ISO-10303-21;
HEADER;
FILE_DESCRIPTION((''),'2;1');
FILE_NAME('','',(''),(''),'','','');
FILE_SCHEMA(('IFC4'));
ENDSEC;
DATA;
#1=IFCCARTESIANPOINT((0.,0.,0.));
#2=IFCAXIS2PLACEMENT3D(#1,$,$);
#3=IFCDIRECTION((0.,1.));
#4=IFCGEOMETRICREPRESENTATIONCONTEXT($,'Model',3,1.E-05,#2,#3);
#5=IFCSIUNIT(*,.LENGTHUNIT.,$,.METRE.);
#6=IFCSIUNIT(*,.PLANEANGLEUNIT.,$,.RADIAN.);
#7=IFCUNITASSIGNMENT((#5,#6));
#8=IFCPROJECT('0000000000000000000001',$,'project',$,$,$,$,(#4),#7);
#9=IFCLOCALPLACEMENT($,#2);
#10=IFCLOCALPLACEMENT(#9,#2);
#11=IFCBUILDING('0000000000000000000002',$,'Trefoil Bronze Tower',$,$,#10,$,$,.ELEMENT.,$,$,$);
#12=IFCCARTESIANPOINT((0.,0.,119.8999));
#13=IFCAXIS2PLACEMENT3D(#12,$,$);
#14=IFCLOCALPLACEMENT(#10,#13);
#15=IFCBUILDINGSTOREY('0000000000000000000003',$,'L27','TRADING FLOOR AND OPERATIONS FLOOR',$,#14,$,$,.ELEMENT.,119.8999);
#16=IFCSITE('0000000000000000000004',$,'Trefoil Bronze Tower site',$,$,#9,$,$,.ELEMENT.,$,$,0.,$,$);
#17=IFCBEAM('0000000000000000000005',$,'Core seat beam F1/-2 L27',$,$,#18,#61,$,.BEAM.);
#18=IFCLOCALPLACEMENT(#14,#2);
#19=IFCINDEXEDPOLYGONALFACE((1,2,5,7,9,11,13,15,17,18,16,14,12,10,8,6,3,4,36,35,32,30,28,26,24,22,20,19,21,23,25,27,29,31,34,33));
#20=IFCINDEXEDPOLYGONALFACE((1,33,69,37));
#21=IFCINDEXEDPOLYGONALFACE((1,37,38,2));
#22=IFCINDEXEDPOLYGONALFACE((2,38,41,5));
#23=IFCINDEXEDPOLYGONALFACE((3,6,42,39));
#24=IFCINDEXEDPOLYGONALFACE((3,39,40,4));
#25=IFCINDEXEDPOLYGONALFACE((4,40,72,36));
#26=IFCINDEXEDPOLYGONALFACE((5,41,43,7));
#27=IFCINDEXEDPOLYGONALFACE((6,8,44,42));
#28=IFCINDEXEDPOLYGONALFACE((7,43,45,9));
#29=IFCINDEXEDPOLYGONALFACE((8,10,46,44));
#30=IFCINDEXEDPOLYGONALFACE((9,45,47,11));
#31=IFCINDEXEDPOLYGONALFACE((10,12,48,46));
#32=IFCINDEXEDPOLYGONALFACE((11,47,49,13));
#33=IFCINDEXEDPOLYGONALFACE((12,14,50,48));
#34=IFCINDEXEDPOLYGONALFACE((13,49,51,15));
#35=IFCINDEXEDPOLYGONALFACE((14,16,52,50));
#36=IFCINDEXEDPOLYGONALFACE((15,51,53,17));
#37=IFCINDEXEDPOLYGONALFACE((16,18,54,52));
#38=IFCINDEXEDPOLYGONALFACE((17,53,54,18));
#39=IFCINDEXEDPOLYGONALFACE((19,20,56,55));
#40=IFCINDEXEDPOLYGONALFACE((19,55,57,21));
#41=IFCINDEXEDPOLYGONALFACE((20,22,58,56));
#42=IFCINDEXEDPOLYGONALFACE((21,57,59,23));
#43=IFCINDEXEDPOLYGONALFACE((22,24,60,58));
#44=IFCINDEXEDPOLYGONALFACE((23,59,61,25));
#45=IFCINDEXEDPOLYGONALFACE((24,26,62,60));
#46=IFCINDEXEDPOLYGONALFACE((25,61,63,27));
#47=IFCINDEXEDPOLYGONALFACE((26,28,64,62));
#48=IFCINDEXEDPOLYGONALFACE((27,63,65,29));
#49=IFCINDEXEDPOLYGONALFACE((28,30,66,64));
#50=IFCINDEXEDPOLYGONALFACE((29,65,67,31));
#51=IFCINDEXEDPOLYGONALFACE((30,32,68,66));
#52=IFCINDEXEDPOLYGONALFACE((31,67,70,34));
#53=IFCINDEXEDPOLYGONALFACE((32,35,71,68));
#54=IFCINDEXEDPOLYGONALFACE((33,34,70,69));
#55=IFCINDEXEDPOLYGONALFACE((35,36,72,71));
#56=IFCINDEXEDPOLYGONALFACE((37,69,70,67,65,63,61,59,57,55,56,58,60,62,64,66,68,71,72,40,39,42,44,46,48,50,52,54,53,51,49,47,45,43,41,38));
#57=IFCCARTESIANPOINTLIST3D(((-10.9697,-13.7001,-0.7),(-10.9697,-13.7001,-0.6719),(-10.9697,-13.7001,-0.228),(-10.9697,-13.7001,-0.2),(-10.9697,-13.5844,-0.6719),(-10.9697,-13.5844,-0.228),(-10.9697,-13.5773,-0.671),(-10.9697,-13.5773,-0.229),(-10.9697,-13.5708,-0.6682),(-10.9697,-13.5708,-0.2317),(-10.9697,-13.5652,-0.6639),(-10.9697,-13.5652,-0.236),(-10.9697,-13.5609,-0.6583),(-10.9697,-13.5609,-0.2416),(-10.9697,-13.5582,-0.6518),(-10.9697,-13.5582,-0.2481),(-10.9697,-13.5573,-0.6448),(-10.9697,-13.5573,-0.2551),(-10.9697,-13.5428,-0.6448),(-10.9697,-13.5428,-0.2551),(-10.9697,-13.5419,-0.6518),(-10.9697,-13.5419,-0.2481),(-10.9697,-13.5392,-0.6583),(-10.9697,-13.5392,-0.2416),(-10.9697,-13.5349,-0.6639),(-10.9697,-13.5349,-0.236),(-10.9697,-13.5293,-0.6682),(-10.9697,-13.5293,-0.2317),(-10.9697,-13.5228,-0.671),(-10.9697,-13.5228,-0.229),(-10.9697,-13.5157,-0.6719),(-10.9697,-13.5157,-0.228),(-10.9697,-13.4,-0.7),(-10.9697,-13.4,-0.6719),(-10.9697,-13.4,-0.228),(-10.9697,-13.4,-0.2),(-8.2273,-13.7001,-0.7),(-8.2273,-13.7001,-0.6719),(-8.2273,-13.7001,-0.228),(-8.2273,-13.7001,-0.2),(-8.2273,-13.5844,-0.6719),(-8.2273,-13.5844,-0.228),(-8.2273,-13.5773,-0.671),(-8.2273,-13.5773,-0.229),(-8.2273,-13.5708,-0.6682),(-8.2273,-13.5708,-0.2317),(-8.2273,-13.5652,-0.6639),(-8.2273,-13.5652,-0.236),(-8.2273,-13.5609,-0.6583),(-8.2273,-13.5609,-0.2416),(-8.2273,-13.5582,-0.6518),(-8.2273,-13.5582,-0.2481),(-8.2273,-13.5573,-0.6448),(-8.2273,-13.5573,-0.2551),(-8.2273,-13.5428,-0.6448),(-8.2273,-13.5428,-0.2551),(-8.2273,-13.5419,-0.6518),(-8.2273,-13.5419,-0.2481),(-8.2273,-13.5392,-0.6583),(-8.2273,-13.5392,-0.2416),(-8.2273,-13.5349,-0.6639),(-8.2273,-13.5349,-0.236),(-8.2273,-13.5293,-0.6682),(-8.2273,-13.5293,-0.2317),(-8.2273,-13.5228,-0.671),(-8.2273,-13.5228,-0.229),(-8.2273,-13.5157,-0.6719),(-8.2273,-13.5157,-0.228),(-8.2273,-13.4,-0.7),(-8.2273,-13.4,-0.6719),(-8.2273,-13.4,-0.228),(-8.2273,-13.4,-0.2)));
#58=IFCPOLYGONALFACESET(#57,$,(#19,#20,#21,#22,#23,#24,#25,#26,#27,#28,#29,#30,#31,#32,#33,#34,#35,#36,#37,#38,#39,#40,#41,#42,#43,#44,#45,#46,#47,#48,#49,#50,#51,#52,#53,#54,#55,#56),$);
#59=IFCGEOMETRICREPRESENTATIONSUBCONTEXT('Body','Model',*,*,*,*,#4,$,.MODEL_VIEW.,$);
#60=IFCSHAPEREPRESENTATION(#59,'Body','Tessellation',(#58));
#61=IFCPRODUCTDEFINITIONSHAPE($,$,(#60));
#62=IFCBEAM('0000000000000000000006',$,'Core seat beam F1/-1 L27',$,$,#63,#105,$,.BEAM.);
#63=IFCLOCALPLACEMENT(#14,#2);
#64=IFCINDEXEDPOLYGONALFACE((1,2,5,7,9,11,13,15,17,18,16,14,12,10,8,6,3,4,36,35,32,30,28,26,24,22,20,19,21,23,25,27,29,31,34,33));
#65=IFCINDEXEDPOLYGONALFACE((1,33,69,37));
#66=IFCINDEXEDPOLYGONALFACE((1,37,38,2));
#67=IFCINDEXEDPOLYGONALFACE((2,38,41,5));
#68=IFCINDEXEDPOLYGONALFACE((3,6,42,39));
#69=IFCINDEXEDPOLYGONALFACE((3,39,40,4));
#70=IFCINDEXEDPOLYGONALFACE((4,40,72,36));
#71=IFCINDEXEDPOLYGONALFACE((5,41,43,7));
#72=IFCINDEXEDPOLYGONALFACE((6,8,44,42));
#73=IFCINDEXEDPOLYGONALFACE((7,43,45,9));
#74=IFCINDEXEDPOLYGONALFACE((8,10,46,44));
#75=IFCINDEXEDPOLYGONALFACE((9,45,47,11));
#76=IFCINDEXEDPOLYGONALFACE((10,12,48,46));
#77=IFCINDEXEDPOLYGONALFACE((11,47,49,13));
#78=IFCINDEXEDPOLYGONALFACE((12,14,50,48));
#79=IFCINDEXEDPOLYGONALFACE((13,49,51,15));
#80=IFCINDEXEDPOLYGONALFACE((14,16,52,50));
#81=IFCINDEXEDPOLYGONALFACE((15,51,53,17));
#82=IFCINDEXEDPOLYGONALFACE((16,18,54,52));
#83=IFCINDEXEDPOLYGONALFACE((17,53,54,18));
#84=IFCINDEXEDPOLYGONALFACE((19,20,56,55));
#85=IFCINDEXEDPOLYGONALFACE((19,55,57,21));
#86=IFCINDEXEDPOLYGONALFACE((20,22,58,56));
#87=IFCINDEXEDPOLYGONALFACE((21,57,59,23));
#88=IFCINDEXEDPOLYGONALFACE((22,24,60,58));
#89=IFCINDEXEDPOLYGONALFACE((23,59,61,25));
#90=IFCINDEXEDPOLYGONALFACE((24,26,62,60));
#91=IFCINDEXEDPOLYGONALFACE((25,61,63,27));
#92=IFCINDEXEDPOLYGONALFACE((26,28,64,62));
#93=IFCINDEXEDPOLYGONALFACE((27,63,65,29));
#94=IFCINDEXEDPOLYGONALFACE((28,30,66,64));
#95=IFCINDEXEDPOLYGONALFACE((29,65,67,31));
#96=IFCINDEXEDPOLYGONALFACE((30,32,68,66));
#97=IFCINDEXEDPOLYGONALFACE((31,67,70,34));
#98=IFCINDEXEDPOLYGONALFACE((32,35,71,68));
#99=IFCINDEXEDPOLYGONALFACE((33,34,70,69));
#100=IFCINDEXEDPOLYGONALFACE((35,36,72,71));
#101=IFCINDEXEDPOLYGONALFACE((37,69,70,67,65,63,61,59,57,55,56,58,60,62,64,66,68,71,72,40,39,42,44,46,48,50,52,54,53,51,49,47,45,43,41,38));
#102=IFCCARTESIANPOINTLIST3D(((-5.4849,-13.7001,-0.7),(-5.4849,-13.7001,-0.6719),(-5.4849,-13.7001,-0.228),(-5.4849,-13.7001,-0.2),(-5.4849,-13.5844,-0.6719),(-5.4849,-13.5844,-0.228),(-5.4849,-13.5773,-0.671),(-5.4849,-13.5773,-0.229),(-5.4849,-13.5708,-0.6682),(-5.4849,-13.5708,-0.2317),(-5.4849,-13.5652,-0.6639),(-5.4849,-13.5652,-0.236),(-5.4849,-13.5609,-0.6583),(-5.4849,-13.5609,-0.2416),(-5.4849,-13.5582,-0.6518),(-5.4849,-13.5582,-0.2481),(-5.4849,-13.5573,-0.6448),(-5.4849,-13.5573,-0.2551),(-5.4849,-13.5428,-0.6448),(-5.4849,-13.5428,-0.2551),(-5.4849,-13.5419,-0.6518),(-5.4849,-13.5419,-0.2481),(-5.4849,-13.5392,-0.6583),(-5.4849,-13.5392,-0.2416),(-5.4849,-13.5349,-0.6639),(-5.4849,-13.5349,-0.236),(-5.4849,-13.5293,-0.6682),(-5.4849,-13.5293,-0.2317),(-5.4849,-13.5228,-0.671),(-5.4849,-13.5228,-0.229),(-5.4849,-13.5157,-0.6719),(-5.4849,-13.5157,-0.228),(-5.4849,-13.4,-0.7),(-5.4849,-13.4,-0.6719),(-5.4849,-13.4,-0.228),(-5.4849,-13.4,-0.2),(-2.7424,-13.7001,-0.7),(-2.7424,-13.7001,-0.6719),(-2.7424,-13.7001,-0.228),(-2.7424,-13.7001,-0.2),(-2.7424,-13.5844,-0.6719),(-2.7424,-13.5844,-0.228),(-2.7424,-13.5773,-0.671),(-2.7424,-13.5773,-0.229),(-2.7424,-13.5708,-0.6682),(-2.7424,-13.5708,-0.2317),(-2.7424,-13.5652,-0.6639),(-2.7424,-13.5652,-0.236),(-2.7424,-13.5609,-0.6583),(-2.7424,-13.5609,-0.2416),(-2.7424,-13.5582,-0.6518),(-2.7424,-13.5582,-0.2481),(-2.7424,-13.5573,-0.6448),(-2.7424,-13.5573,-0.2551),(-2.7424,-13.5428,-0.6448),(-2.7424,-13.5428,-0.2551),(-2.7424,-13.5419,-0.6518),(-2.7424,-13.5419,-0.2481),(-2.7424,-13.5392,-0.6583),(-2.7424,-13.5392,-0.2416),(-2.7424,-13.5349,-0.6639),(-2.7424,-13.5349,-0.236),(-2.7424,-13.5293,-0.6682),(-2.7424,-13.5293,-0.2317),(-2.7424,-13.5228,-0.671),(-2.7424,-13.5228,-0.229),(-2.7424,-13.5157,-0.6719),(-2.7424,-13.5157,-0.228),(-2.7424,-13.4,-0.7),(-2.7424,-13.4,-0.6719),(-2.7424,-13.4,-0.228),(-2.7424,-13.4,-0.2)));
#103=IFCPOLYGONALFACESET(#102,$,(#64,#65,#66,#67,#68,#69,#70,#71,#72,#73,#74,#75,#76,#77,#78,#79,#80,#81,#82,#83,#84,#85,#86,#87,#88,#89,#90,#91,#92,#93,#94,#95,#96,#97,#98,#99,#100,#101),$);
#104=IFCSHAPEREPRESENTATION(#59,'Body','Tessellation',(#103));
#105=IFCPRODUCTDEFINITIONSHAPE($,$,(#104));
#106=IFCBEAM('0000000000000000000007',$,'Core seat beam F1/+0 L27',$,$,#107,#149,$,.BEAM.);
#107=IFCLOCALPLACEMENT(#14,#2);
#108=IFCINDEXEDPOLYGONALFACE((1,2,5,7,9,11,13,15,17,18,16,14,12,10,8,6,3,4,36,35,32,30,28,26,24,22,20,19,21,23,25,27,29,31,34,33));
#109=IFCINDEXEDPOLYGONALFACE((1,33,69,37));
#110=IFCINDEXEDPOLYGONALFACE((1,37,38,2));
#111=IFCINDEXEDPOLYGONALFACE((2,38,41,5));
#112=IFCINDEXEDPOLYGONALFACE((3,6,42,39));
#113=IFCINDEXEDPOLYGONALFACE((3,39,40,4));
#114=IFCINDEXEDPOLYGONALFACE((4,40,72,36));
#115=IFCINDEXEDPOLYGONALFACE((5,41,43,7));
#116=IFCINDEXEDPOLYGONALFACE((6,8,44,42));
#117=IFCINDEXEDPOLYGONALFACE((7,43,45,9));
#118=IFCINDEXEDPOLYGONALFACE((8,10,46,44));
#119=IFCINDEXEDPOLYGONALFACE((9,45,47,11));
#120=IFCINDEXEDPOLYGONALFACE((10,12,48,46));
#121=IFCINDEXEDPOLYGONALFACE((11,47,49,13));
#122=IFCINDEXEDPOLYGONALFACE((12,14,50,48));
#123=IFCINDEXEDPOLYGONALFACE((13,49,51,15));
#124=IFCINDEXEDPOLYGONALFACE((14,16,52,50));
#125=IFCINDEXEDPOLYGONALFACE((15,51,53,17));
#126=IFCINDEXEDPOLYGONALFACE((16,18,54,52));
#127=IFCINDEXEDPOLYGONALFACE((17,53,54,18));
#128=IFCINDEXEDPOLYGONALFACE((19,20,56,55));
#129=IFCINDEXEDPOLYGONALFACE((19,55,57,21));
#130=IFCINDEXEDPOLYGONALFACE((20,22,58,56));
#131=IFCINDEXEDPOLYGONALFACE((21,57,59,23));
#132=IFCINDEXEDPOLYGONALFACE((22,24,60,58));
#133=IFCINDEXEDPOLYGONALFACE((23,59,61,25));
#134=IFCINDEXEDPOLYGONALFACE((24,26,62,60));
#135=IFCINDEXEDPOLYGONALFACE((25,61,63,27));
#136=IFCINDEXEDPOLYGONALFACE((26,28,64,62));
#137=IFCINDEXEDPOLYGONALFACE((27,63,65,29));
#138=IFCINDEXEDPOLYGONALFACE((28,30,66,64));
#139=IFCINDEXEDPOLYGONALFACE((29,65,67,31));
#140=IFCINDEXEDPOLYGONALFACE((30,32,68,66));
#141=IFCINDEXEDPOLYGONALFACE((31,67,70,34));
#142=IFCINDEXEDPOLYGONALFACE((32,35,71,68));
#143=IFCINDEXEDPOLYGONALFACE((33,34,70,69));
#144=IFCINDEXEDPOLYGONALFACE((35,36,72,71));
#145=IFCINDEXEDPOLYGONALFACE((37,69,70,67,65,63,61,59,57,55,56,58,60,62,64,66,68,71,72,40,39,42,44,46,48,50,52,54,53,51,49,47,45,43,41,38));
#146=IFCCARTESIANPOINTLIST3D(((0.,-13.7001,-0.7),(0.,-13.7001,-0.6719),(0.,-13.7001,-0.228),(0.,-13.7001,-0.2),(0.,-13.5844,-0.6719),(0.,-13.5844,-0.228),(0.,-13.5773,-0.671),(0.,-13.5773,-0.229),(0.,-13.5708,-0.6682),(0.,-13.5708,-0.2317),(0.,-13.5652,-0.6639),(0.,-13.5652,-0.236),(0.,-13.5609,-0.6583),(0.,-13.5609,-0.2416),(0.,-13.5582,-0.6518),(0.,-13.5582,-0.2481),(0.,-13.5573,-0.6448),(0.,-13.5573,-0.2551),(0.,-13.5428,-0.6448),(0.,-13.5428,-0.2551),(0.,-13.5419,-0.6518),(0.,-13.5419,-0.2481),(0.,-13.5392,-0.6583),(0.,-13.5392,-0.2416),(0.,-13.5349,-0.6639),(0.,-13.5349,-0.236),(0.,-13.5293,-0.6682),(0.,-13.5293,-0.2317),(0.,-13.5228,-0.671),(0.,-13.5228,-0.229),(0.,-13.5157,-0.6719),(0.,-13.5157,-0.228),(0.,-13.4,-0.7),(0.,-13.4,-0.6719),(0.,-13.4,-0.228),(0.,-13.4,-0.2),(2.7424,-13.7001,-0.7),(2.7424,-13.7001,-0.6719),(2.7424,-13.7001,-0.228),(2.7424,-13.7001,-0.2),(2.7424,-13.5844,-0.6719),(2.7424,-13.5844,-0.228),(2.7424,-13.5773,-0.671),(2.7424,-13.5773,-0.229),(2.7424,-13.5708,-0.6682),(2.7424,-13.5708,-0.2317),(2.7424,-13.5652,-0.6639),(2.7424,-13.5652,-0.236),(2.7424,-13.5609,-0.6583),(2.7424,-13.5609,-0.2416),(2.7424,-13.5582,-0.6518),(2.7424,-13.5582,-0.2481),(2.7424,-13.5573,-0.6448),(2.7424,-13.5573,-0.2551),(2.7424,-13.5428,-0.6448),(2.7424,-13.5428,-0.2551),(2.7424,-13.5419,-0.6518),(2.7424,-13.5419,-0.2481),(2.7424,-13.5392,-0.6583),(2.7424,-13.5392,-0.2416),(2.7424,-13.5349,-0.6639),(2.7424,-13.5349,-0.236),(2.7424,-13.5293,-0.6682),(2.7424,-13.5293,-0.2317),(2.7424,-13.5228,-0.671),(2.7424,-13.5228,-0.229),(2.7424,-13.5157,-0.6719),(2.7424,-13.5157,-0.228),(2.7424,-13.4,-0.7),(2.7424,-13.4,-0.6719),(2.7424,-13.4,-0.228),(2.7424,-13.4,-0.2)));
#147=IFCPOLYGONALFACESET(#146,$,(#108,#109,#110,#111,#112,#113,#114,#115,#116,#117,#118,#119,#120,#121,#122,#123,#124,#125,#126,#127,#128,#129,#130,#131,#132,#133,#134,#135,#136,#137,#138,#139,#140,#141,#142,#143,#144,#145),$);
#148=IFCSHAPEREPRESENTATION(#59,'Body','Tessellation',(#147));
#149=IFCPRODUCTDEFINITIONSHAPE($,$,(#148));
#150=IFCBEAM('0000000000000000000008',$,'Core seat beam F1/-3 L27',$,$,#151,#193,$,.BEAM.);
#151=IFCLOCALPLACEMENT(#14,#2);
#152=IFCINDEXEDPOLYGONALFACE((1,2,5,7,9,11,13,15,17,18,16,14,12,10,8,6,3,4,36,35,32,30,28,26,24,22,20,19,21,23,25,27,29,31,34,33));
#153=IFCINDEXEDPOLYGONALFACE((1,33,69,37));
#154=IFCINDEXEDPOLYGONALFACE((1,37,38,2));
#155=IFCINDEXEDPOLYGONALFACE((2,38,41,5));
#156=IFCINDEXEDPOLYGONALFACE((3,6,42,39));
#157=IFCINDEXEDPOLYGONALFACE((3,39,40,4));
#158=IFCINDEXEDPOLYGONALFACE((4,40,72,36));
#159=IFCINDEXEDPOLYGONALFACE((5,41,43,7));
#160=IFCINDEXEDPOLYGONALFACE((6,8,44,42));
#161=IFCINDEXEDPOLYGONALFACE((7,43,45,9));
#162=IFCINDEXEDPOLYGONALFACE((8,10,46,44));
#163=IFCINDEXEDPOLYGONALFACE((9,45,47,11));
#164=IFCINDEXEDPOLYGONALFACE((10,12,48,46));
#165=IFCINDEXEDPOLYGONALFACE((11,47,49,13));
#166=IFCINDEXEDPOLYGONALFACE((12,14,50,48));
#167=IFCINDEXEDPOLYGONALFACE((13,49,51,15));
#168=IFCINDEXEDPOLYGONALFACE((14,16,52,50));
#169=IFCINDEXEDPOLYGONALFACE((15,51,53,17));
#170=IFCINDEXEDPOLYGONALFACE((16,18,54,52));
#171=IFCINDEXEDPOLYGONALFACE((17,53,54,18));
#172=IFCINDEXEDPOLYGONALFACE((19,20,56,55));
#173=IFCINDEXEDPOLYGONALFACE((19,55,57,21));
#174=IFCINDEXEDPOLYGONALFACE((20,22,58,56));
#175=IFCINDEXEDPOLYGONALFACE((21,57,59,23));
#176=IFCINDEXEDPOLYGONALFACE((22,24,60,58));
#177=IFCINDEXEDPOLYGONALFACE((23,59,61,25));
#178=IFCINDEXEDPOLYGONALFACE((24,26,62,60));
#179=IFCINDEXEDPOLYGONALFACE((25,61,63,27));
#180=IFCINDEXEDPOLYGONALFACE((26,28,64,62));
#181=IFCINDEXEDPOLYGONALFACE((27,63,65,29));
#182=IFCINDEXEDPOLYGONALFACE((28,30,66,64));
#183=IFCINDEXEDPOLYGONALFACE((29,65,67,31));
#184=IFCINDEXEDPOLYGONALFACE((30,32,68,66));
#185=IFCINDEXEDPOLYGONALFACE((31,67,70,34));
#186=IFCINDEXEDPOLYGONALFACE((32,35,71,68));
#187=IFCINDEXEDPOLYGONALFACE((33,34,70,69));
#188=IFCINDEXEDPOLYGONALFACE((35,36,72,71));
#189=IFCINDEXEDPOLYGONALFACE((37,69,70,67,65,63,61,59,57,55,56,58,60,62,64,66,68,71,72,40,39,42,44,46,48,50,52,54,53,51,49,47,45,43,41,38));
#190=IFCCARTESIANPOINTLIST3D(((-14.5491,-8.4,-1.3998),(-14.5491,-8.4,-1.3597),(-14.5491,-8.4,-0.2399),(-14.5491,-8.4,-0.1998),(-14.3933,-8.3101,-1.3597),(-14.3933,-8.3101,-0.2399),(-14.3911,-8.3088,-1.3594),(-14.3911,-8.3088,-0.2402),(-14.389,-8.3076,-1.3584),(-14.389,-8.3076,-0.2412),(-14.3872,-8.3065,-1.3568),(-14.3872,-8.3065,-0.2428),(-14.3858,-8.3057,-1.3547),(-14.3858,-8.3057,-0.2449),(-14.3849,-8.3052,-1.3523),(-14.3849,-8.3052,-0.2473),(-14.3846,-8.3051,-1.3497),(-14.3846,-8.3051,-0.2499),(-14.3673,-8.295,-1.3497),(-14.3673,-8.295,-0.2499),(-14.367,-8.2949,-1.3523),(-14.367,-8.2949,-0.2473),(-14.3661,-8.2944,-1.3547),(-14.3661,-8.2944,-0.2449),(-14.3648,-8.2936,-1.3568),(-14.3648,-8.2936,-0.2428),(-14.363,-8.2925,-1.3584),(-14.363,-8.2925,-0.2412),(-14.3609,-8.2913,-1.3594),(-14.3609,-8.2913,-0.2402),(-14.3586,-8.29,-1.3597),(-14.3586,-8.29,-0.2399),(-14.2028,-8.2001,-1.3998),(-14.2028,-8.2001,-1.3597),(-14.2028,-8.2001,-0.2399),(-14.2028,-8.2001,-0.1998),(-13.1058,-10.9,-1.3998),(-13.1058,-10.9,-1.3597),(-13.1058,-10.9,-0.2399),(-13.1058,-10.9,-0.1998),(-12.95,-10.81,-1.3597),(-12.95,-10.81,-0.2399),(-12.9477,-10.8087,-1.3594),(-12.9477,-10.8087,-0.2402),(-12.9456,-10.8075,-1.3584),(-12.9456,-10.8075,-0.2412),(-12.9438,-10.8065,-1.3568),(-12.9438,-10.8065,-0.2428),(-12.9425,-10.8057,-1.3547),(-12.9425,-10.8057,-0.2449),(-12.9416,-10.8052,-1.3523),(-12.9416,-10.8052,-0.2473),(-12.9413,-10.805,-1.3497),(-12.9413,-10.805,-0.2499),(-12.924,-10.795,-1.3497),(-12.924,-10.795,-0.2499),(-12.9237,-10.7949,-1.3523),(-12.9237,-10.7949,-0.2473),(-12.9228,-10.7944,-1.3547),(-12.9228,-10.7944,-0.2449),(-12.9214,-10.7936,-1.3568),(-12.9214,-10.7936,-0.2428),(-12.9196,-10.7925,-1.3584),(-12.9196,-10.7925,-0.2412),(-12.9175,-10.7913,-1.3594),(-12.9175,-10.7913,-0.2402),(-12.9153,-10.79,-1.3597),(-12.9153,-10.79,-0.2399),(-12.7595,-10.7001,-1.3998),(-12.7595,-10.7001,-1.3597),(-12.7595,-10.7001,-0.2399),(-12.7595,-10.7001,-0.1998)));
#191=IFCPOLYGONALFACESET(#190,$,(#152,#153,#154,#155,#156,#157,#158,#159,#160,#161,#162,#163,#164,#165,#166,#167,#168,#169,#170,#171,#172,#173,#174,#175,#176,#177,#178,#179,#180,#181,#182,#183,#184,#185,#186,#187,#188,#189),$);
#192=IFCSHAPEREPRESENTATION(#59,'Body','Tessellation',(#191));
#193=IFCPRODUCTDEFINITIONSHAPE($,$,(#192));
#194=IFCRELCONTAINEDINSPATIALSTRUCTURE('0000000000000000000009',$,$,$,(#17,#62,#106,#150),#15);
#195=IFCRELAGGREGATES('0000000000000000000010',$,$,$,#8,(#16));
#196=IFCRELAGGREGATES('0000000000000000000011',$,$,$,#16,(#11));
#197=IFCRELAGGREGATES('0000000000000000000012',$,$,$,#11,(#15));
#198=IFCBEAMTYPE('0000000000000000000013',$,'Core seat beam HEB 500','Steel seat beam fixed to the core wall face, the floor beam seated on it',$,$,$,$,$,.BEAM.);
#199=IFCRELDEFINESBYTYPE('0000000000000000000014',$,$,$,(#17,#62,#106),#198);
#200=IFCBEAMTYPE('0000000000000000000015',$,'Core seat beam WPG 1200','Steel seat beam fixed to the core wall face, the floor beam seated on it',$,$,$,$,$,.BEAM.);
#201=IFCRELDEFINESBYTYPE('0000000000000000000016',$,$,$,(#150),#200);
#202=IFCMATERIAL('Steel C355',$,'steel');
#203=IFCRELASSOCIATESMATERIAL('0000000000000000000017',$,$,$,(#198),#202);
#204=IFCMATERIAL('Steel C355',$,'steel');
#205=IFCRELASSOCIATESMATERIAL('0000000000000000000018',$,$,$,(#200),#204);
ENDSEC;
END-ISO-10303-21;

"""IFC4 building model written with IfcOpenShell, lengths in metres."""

from ifc_helpers import new_model, si_unit, direction, frame, origin, origin_2d, place, context, subcontext, project, spatial, i_section, extrude, material, material_profile, profile_set, type_object, element, save


model = new_model("IFC4")

# Units and contexts
model_context = context("Model", 3, precision=1e-05, world=origin(), true_north=direction((0.0, 1.0)))
body_context = subcontext(model_context, "Body", "Model", "MODEL_VIEW")
ifc_project = project(units=[si_unit("LENGTHUNIT", "METRE"), si_unit("PLANEANGLEUNIT", "RADIAN")], contexts=[model_context])

# Site, building, storey
site_placement = place(None, origin())
site = spatial("IfcSite", under=ifc_project, at=site_placement, Name="Trefoil Bronze Tower site", CompositionType="ELEMENT", RefElevation=0.0)
building_placement = place(site_placement, origin())
building = spatial("IfcBuilding", under=site, at=building_placement, Name="Trefoil Bronze Tower", CompositionType="ELEMENT")
storey_placement = place(building_placement, frame((0.0, 0.0, 119.8999)))
storey = spatial("IfcBuildingStorey", under=building, at=storey_placement, Name="L27", Description="TRADING FLOOR AND OPERATIONS FLOOR", CompositionType="ELEMENT", Elevation=119.8999)

# Beams
ifc_material_1 = material(Name="Steel C355", Category="steel")
ifc_material_profile_1 = material_profile(ifc_material_1, i_section(OverallWidth=0.3, OverallDepth=0.5, WebThickness=0.0144, FlangeThickness=0.0281, FilletRadius=0.0271, at=origin_2d()), Name="HEB 500")
ifc_profile_set_1 = profile_set([ifc_material_profile_1], Name="Steel C355")
beam_type_1 = type_object("IfcBeamType", Name="Core seat beam HEB 500", Description="Steel seat beam fixed to the core wall face, the floor beam seated on it", PredefinedType="BEAM", material=ifc_profile_set_1)
for number, where, z_axis, x_axis, name in (
    (1, (-10.9697, -13.55, -0.45), (1.0, 0.0, 0.0), (0.0, 1.0, 0.0), "Core seat beam F1/-2 L27"),
    (2, (-5.4849, -13.55, -0.45), (1.0, 0.0, 0.0), (0.0, 1.0, 0.0), "Core seat beam F1/-1 L27"),
    (3, (0.0, -13.55, -0.45), (1.0, 0.0, 0.0), (0.0, 1.0, 0.0), "Core seat beam F1/+0 L27"),
):
    element("IfcBeam", number, at=place(storey_placement, frame(where, z_axis=z_axis, x_axis=x_axis)), inside=storey, type_object=beam_type_1, Name=name, PredefinedType="BEAM", context=body_context, shape_type="SweptSolid", body=[
        extrude(i_section(OverallWidth=0.3, OverallDepth=0.5, WebThickness=0.0144, FlangeThickness=0.0281, FilletRadius=0.0271, at=origin_2d()), origin(), (0.0, 0.0, 1.0), 2.7424),
    ])
ifc_material_2 = material(Name="Steel C355", Category="steel")
ifc_material_profile_2 = material_profile(ifc_material_2, i_section(OverallWidth=0.3999, OverallDepth=1.2, WebThickness=0.02, FlangeThickness=0.04, FilletRadius=0.01, at=origin_2d()), Name="WPG 1200")
ifc_profile_set_2 = profile_set([ifc_material_profile_2], Name="Steel C355")
beam_type_2 = type_object("IfcBeamType", Name="Core seat beam WPG 1200", Description="Steel seat beam fixed to the core wall face, the floor beam seated on it", PredefinedType="BEAM", material=ifc_profile_set_2)
beam_1_placement = place(storey_placement, frame((-14.376, -8.3, -0.7998), z_axis=(0.499996, -0.866028, 0.0), x_axis=(0.866028, 0.499996, 0.0)))
element("IfcBeam", 4, at=beam_1_placement, inside=storey, type_object=beam_type_2, Name="Core seat beam F1/-3 L27", PredefinedType="BEAM", context=body_context, shape_type="SweptSolid", body=[
    extrude(i_section(OverallWidth=0.3999, OverallDepth=1.2, WebThickness=0.02, FlangeThickness=0.04, FilletRadius=0.01, at=origin_2d()), origin(), (0.0, 0.0, 1.0), 2.8867),
])

save(model, "model.ifc")
